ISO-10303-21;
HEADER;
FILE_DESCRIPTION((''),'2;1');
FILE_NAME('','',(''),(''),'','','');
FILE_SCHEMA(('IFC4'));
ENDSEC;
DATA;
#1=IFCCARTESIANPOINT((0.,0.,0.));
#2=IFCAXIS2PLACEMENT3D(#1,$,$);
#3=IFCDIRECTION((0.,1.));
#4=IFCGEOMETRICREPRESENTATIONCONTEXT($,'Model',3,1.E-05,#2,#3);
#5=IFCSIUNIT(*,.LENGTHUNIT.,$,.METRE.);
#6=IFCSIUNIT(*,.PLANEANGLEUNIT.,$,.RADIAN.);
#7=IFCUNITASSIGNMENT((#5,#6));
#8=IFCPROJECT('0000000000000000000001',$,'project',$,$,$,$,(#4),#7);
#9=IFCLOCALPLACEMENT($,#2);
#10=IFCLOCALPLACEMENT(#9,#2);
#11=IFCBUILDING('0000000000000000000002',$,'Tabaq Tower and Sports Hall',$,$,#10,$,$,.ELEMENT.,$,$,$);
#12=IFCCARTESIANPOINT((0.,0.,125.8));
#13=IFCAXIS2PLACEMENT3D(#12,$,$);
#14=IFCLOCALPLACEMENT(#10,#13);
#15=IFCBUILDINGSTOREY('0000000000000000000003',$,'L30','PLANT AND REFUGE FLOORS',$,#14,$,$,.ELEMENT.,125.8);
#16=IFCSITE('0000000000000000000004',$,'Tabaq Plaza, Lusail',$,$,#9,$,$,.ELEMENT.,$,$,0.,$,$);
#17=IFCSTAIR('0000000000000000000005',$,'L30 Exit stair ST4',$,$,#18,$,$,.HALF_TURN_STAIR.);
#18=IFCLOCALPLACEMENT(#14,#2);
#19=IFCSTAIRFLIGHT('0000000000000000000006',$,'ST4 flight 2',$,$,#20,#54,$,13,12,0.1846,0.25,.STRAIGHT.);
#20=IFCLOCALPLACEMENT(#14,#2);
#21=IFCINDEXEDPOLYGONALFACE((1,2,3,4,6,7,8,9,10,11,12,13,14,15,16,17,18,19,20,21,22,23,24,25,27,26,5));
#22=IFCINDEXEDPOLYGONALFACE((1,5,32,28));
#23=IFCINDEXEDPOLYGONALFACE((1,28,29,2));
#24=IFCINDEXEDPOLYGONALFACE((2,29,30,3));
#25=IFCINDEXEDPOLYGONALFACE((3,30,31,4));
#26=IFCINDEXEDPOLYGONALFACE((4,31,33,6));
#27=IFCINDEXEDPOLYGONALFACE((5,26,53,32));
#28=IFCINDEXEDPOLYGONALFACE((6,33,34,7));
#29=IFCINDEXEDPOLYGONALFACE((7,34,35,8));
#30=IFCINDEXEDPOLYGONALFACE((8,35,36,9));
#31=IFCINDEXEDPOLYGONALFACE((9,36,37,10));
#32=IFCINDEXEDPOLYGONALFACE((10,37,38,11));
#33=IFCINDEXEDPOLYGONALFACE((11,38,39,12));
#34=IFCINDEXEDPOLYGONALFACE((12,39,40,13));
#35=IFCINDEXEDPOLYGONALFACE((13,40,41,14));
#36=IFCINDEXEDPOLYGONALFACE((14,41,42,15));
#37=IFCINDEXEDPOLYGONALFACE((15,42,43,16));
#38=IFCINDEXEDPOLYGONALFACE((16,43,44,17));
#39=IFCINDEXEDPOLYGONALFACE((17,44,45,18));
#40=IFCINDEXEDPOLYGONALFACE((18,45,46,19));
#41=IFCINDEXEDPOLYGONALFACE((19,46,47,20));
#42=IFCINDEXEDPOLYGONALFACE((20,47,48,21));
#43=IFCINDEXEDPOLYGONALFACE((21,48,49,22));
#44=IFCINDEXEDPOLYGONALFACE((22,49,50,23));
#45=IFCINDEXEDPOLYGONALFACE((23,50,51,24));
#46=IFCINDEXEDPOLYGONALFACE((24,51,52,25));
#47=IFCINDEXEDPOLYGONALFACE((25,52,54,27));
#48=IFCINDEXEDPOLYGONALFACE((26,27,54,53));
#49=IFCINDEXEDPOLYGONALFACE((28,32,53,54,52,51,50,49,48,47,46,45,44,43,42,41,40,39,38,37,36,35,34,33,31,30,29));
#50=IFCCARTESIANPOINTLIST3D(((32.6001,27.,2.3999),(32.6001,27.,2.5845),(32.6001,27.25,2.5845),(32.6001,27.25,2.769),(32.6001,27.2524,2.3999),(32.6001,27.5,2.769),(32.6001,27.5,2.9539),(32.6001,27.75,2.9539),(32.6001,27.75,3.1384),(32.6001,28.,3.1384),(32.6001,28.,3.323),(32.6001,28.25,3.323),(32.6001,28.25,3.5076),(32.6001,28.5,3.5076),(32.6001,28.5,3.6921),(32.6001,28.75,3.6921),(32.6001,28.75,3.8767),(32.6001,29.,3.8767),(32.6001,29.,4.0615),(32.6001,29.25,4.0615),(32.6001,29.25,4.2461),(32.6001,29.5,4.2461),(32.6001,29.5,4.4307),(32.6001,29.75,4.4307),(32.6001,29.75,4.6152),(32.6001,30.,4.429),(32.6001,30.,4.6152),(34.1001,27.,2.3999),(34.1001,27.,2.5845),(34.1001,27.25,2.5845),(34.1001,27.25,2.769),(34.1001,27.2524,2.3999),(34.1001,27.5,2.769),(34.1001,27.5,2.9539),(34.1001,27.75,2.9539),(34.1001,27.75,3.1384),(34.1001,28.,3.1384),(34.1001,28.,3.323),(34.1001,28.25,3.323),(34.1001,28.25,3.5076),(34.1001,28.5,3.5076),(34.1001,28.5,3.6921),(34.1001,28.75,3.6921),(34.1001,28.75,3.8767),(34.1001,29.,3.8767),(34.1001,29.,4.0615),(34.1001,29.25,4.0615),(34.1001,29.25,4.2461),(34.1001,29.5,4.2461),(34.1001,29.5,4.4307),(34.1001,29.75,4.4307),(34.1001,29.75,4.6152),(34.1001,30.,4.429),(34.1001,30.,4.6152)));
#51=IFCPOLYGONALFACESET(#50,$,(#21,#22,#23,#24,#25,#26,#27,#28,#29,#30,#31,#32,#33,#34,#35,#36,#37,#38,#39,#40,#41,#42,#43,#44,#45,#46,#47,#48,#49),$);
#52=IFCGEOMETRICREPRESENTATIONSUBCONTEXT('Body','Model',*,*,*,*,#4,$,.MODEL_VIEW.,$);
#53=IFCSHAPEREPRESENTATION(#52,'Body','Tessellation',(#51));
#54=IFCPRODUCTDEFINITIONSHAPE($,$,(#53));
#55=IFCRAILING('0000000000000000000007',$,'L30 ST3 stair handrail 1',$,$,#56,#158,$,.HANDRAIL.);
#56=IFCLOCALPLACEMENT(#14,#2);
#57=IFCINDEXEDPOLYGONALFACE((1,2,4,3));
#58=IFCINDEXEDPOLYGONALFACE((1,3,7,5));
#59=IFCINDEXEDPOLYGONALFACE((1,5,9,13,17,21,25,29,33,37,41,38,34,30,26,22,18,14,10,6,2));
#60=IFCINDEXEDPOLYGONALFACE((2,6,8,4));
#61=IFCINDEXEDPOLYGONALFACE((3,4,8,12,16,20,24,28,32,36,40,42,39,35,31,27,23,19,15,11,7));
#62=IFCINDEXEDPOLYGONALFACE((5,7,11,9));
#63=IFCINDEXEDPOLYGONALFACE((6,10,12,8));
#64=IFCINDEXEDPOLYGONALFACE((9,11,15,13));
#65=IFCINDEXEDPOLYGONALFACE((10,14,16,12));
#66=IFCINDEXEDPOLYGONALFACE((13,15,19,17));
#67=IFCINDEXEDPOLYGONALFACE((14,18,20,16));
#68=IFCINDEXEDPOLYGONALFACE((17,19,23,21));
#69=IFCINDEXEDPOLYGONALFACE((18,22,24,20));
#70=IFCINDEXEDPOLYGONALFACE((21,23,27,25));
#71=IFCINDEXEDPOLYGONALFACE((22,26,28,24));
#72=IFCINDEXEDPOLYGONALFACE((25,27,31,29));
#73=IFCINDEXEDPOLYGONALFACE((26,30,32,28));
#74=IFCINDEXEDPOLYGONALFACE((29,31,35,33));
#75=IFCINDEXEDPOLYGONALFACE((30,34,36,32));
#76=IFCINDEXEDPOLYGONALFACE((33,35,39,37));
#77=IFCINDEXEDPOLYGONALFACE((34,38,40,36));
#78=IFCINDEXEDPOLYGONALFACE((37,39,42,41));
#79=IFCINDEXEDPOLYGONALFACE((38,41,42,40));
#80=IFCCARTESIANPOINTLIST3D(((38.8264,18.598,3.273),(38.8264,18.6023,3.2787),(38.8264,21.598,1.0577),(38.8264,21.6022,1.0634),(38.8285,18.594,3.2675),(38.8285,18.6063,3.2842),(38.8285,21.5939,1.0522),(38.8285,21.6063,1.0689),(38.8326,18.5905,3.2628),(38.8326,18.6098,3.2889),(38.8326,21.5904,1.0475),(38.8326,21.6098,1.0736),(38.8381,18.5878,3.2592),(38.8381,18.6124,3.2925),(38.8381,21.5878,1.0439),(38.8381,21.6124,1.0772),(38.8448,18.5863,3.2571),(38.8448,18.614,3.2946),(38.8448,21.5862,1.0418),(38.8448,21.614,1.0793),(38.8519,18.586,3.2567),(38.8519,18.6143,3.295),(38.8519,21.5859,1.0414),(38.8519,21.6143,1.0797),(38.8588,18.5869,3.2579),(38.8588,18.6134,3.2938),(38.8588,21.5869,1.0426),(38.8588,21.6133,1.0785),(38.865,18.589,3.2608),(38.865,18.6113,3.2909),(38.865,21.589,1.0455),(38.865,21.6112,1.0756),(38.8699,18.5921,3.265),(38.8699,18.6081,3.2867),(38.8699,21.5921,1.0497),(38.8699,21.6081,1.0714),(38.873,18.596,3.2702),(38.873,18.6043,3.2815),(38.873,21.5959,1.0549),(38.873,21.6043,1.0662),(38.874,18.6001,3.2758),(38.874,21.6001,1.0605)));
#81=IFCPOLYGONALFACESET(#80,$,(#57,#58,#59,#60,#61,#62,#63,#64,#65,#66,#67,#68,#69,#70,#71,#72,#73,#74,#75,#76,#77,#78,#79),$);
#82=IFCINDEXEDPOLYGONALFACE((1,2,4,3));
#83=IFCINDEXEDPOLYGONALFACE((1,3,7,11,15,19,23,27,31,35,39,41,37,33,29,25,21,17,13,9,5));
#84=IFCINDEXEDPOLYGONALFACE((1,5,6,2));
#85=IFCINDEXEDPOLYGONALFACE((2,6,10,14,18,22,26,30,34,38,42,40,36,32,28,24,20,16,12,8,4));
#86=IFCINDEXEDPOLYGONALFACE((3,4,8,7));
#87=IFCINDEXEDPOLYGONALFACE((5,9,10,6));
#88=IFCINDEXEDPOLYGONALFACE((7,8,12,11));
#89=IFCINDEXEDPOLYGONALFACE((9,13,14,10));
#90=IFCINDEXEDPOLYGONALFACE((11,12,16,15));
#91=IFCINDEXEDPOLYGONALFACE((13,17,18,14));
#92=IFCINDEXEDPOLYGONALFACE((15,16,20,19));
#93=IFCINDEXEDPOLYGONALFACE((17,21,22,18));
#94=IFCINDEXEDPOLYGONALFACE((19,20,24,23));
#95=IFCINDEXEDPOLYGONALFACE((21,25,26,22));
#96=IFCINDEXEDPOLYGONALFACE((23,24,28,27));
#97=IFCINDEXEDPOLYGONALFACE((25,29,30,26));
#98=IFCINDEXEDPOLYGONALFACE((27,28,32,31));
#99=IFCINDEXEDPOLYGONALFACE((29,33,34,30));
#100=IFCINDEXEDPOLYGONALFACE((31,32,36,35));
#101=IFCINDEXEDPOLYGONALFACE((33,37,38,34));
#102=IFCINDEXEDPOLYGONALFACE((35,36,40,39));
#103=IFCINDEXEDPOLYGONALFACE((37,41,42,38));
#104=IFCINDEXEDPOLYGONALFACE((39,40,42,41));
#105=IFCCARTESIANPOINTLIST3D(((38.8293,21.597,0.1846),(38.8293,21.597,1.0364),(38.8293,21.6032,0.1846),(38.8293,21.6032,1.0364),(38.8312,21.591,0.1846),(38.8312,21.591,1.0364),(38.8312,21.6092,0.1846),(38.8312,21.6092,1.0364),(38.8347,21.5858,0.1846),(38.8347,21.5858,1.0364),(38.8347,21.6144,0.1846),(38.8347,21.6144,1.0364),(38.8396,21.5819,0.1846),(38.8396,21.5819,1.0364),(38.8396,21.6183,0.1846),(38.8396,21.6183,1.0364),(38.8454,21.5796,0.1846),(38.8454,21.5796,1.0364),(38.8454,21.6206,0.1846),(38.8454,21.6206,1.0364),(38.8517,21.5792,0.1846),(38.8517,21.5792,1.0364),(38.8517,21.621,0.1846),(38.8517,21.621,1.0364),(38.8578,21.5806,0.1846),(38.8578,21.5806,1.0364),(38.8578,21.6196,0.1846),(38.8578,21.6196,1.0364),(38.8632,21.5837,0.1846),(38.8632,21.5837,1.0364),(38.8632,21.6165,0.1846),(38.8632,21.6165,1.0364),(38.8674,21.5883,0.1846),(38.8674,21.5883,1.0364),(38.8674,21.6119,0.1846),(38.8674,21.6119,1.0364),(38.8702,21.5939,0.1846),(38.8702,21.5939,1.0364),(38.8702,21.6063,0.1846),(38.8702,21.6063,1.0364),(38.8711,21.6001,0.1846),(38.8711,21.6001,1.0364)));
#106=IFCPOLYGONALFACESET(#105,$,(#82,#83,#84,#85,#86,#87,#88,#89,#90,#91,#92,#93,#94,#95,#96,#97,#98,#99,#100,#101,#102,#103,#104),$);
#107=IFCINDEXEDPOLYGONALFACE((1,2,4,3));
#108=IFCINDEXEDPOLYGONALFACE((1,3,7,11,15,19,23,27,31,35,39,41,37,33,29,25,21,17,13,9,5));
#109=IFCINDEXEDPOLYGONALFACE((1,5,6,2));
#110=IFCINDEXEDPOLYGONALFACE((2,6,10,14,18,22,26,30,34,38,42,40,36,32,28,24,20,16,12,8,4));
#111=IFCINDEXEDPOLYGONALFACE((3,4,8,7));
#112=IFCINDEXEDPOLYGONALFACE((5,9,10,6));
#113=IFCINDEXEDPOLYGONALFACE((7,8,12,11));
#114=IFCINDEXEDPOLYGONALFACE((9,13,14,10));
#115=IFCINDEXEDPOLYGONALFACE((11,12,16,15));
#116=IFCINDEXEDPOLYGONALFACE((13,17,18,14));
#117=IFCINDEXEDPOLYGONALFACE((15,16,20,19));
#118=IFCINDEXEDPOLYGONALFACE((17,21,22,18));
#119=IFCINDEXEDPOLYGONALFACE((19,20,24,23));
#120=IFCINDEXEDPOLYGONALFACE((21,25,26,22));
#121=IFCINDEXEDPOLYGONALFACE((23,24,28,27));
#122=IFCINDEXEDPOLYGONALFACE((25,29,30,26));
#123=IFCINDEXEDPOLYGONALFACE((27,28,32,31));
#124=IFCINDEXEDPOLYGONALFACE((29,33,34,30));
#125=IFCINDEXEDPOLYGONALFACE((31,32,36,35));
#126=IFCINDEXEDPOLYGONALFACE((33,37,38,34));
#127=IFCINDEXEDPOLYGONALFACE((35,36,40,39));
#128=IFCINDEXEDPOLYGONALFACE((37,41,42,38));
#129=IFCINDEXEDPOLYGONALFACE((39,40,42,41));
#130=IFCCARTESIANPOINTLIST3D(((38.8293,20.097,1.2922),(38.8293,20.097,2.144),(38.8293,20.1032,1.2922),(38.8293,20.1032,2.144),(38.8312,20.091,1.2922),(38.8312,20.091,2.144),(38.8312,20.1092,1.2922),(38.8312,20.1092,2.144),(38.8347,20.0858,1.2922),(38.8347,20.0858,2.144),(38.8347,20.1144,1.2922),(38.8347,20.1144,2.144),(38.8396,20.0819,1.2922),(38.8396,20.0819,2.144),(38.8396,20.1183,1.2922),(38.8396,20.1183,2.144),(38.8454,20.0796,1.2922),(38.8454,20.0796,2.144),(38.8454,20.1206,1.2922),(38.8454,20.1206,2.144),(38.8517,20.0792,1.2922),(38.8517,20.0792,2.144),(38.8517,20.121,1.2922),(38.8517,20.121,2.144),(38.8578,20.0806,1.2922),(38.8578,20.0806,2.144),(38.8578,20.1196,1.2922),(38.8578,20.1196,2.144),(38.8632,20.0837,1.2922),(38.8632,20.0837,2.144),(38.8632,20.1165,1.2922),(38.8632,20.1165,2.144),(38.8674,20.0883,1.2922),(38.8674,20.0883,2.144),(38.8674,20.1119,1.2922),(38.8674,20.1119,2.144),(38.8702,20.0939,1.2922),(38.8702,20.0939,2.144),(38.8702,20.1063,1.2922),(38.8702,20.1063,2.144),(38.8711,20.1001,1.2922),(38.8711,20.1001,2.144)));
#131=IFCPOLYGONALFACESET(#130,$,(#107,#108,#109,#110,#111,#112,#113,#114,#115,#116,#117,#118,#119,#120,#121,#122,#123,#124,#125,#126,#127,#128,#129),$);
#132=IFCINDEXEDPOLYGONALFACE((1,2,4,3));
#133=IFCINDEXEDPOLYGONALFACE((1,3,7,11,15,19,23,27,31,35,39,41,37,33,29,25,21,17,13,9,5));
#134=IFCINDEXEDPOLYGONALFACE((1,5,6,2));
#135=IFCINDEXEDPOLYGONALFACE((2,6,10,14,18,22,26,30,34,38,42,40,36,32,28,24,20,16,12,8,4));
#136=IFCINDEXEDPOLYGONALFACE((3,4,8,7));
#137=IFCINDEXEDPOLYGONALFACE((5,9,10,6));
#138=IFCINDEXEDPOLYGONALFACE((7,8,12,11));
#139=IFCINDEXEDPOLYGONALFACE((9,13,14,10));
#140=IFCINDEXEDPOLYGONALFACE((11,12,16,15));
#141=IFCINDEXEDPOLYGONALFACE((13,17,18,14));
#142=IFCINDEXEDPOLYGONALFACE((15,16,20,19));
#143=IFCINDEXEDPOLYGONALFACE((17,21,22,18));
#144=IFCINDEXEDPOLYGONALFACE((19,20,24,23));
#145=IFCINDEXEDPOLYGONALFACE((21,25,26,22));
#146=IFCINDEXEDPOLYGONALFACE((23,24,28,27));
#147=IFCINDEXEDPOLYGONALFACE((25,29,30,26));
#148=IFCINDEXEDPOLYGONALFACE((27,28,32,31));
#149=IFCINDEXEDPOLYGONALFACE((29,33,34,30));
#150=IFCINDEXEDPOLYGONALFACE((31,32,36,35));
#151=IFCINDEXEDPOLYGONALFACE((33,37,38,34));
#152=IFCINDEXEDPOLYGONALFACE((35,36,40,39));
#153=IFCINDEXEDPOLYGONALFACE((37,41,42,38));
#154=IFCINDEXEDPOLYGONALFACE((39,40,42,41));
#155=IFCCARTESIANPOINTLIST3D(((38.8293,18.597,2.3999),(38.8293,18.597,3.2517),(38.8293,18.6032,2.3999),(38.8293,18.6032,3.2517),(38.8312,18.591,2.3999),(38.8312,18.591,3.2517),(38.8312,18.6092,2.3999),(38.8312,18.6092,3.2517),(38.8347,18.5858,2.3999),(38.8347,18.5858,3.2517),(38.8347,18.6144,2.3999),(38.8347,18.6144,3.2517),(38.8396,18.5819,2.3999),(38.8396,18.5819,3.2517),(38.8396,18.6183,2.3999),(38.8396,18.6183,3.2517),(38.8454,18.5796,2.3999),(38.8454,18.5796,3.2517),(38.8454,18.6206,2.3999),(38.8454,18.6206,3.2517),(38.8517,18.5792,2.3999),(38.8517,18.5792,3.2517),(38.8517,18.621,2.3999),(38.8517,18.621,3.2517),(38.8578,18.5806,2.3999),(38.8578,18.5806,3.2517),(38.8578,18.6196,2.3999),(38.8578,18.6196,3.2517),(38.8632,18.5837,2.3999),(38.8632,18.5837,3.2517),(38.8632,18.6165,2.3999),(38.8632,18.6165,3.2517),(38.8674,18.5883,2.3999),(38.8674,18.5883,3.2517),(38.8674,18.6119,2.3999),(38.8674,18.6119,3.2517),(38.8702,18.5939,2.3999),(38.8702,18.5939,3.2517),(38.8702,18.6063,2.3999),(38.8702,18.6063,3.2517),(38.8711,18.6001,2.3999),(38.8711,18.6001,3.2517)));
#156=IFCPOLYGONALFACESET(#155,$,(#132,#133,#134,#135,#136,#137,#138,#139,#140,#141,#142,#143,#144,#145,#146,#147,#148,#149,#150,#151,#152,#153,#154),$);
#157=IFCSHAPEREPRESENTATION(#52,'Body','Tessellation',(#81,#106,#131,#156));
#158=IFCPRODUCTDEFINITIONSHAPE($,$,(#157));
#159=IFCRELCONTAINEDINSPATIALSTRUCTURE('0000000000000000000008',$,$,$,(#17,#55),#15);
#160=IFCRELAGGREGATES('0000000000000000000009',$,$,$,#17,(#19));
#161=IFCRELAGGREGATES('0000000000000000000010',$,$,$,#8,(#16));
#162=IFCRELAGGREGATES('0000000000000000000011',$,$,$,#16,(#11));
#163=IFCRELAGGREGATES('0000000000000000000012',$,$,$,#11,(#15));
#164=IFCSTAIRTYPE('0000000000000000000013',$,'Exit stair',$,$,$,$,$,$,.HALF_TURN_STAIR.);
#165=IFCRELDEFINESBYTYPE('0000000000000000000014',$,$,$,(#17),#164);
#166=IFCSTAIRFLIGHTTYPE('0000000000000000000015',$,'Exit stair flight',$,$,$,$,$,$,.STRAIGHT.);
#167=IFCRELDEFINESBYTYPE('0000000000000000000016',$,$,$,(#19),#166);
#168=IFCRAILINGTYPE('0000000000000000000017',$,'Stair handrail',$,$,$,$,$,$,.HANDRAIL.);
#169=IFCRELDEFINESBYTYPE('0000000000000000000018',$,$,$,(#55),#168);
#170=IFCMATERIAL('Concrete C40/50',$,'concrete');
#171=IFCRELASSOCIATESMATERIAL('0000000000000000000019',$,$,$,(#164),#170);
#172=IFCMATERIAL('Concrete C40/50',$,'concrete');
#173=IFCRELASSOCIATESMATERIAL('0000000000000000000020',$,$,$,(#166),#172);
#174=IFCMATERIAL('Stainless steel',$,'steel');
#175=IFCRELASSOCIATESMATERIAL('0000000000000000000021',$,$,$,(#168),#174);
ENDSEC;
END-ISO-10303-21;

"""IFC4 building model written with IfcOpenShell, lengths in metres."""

from ifc_helpers import new_model, si_unit, direction, frame, origin, origin_2d, place, context, subcontext, project, spatial, polyline, circle, outline, extrude, material, type_object, element, aggregate, save


model = new_model("IFC4")

# Units and contexts
model_context = context("Model", 3, precision=1e-05, world=origin(), true_north=direction((0.0, 1.0)))
body_context = subcontext(model_context, "Body", "Model", "MODEL_VIEW")
ifc_project = project(units=[si_unit("LENGTHUNIT", "METRE"), si_unit("PLANEANGLEUNIT", "RADIAN")], contexts=[model_context])

# Site, building, storey
site_placement = place(None, origin())
site = spatial("IfcSite", under=ifc_project, at=site_placement, Name="Tabaq Plaza, Lusail", CompositionType="ELEMENT", RefElevation=0.0)
building_placement = place(site_placement, origin())
building = spatial("IfcBuilding", under=site, at=building_placement, Name="Tabaq Tower and Sports Hall", CompositionType="ELEMENT")
storey_placement = place(building_placement, frame((0.0, 0.0, 125.8)))
storey = spatial("IfcBuildingStorey", under=building, at=storey_placement, Name="L30", Description="PLANT AND REFUGE FLOORS", CompositionType="ELEMENT", Elevation=125.8)

# Stair, stair flight
ifc_material_1 = material(Name="Concrete C40/50", Category="concrete")
stair_type = type_object("IfcStairType", Name="Exit stair", PredefinedType="HALF_TURN_STAIR", material=ifc_material_1)
ifc_material_2 = material(Name="Concrete C40/50", Category="concrete")
stair_flight_type = type_object("IfcStairFlightType", Name="Exit stair flight", PredefinedType="STRAIGHT", material=ifc_material_2)
stair_1_placement = place(storey_placement, origin())
stair_1 = element("IfcStair", 1, at=stair_1_placement, inside=storey, type_object=stair_type, Name="L30 Exit stair ST4", PredefinedType="HALF_TURN_STAIR")
stair_flight_1_placement = place(storey_placement, frame((33.3501, 27.0, 2.3999), z_axis=(0.0, 0.0, 1.0), x_axis=(0.0, 1.0, 0.0)))
stair_flight_1 = element("IfcStairFlight", 2, at=stair_flight_1_placement, type_object=stair_flight_type, Name="ST4 flight 2", NumberOfRisers=13, NumberOfTreads=12, PredefinedType="STRAIGHT", RiserHeight=0.1846, TreadLength=0.25, context=body_context, shape_type="SweptSolid", body=[
    extrude(outline(polyline([(0.0, 0.0), (0.0, 0.1846), (0.25, 0.1846), (0.25, 0.3691), (0.5, 0.3691), (0.5, 0.554), (0.75, 0.554), (0.75, 0.7385), (1.0, 0.7385), (1.0, 0.9231), (1.25, 0.9231), (1.25, 1.1077), (1.5, 1.1077), (1.5, 1.2922), (1.75, 1.2922), (1.75, 1.4768), (2.0, 1.4768), (2.0, 1.6616), (2.25, 1.6616), (2.25, 1.8462), (2.5, 1.8462), (2.5, 2.0308), (2.75, 2.0308), (2.75, 2.2153), (3.0, 2.2153), (3.0, 2.3999), (3.0, 2.0291), (0.2524, 0.0), (0.0, 0.0)])), frame((0.0, 0.75, 0.0), z_axis=(0.0, -1.0, 0.0), x_axis=(1.0, 0.0, 0.0)), (0.0, 0.0, 1.0), 1.5),
])
aggregate(stair_1, [stair_flight_1])

# Railing
ifc_material_3 = material(Name="Stainless steel", Category="steel")
railing_type = type_object("IfcRailingType", Name="Stair handrail", PredefinedType="HANDRAIL", material=ifc_material_3)
railing_1_placement = place(storey_placement, frame((38.8501, 21.6001, 0.1846)))
element("IfcRailing", 3, at=railing_1_placement, inside=storey, type_object=railing_type, Name="L30 ST3 stair handrail 1", PredefinedType="HANDRAIL", context=body_context, shape_type="SweptSolid", body=[
    extrude(circle(Radius=0.0239, at=origin_2d()), frame((0.0, 0.0, 0.876), z_axis=(0.0, -0.80444, 0.594034), x_axis=(1.0, 0.0, 0.0)), (0.0, 0.0, 1.0), 3.7292),
    extrude(circle(Radius=0.021, at=origin_2d()), origin(), (0.0, 0.0, 1.0), 0.8518),
    extrude(circle(Radius=0.021, at=origin_2d()), frame((0.0, -1.5, 1.1077)), (0.0, 0.0, 1.0), 0.8518),
    extrude(circle(Radius=0.021, at=origin_2d()), frame((0.0, -3.0, 2.2153)), (0.0, 0.0, 1.0), 0.8518),
])

save(model, "model.ifc")
